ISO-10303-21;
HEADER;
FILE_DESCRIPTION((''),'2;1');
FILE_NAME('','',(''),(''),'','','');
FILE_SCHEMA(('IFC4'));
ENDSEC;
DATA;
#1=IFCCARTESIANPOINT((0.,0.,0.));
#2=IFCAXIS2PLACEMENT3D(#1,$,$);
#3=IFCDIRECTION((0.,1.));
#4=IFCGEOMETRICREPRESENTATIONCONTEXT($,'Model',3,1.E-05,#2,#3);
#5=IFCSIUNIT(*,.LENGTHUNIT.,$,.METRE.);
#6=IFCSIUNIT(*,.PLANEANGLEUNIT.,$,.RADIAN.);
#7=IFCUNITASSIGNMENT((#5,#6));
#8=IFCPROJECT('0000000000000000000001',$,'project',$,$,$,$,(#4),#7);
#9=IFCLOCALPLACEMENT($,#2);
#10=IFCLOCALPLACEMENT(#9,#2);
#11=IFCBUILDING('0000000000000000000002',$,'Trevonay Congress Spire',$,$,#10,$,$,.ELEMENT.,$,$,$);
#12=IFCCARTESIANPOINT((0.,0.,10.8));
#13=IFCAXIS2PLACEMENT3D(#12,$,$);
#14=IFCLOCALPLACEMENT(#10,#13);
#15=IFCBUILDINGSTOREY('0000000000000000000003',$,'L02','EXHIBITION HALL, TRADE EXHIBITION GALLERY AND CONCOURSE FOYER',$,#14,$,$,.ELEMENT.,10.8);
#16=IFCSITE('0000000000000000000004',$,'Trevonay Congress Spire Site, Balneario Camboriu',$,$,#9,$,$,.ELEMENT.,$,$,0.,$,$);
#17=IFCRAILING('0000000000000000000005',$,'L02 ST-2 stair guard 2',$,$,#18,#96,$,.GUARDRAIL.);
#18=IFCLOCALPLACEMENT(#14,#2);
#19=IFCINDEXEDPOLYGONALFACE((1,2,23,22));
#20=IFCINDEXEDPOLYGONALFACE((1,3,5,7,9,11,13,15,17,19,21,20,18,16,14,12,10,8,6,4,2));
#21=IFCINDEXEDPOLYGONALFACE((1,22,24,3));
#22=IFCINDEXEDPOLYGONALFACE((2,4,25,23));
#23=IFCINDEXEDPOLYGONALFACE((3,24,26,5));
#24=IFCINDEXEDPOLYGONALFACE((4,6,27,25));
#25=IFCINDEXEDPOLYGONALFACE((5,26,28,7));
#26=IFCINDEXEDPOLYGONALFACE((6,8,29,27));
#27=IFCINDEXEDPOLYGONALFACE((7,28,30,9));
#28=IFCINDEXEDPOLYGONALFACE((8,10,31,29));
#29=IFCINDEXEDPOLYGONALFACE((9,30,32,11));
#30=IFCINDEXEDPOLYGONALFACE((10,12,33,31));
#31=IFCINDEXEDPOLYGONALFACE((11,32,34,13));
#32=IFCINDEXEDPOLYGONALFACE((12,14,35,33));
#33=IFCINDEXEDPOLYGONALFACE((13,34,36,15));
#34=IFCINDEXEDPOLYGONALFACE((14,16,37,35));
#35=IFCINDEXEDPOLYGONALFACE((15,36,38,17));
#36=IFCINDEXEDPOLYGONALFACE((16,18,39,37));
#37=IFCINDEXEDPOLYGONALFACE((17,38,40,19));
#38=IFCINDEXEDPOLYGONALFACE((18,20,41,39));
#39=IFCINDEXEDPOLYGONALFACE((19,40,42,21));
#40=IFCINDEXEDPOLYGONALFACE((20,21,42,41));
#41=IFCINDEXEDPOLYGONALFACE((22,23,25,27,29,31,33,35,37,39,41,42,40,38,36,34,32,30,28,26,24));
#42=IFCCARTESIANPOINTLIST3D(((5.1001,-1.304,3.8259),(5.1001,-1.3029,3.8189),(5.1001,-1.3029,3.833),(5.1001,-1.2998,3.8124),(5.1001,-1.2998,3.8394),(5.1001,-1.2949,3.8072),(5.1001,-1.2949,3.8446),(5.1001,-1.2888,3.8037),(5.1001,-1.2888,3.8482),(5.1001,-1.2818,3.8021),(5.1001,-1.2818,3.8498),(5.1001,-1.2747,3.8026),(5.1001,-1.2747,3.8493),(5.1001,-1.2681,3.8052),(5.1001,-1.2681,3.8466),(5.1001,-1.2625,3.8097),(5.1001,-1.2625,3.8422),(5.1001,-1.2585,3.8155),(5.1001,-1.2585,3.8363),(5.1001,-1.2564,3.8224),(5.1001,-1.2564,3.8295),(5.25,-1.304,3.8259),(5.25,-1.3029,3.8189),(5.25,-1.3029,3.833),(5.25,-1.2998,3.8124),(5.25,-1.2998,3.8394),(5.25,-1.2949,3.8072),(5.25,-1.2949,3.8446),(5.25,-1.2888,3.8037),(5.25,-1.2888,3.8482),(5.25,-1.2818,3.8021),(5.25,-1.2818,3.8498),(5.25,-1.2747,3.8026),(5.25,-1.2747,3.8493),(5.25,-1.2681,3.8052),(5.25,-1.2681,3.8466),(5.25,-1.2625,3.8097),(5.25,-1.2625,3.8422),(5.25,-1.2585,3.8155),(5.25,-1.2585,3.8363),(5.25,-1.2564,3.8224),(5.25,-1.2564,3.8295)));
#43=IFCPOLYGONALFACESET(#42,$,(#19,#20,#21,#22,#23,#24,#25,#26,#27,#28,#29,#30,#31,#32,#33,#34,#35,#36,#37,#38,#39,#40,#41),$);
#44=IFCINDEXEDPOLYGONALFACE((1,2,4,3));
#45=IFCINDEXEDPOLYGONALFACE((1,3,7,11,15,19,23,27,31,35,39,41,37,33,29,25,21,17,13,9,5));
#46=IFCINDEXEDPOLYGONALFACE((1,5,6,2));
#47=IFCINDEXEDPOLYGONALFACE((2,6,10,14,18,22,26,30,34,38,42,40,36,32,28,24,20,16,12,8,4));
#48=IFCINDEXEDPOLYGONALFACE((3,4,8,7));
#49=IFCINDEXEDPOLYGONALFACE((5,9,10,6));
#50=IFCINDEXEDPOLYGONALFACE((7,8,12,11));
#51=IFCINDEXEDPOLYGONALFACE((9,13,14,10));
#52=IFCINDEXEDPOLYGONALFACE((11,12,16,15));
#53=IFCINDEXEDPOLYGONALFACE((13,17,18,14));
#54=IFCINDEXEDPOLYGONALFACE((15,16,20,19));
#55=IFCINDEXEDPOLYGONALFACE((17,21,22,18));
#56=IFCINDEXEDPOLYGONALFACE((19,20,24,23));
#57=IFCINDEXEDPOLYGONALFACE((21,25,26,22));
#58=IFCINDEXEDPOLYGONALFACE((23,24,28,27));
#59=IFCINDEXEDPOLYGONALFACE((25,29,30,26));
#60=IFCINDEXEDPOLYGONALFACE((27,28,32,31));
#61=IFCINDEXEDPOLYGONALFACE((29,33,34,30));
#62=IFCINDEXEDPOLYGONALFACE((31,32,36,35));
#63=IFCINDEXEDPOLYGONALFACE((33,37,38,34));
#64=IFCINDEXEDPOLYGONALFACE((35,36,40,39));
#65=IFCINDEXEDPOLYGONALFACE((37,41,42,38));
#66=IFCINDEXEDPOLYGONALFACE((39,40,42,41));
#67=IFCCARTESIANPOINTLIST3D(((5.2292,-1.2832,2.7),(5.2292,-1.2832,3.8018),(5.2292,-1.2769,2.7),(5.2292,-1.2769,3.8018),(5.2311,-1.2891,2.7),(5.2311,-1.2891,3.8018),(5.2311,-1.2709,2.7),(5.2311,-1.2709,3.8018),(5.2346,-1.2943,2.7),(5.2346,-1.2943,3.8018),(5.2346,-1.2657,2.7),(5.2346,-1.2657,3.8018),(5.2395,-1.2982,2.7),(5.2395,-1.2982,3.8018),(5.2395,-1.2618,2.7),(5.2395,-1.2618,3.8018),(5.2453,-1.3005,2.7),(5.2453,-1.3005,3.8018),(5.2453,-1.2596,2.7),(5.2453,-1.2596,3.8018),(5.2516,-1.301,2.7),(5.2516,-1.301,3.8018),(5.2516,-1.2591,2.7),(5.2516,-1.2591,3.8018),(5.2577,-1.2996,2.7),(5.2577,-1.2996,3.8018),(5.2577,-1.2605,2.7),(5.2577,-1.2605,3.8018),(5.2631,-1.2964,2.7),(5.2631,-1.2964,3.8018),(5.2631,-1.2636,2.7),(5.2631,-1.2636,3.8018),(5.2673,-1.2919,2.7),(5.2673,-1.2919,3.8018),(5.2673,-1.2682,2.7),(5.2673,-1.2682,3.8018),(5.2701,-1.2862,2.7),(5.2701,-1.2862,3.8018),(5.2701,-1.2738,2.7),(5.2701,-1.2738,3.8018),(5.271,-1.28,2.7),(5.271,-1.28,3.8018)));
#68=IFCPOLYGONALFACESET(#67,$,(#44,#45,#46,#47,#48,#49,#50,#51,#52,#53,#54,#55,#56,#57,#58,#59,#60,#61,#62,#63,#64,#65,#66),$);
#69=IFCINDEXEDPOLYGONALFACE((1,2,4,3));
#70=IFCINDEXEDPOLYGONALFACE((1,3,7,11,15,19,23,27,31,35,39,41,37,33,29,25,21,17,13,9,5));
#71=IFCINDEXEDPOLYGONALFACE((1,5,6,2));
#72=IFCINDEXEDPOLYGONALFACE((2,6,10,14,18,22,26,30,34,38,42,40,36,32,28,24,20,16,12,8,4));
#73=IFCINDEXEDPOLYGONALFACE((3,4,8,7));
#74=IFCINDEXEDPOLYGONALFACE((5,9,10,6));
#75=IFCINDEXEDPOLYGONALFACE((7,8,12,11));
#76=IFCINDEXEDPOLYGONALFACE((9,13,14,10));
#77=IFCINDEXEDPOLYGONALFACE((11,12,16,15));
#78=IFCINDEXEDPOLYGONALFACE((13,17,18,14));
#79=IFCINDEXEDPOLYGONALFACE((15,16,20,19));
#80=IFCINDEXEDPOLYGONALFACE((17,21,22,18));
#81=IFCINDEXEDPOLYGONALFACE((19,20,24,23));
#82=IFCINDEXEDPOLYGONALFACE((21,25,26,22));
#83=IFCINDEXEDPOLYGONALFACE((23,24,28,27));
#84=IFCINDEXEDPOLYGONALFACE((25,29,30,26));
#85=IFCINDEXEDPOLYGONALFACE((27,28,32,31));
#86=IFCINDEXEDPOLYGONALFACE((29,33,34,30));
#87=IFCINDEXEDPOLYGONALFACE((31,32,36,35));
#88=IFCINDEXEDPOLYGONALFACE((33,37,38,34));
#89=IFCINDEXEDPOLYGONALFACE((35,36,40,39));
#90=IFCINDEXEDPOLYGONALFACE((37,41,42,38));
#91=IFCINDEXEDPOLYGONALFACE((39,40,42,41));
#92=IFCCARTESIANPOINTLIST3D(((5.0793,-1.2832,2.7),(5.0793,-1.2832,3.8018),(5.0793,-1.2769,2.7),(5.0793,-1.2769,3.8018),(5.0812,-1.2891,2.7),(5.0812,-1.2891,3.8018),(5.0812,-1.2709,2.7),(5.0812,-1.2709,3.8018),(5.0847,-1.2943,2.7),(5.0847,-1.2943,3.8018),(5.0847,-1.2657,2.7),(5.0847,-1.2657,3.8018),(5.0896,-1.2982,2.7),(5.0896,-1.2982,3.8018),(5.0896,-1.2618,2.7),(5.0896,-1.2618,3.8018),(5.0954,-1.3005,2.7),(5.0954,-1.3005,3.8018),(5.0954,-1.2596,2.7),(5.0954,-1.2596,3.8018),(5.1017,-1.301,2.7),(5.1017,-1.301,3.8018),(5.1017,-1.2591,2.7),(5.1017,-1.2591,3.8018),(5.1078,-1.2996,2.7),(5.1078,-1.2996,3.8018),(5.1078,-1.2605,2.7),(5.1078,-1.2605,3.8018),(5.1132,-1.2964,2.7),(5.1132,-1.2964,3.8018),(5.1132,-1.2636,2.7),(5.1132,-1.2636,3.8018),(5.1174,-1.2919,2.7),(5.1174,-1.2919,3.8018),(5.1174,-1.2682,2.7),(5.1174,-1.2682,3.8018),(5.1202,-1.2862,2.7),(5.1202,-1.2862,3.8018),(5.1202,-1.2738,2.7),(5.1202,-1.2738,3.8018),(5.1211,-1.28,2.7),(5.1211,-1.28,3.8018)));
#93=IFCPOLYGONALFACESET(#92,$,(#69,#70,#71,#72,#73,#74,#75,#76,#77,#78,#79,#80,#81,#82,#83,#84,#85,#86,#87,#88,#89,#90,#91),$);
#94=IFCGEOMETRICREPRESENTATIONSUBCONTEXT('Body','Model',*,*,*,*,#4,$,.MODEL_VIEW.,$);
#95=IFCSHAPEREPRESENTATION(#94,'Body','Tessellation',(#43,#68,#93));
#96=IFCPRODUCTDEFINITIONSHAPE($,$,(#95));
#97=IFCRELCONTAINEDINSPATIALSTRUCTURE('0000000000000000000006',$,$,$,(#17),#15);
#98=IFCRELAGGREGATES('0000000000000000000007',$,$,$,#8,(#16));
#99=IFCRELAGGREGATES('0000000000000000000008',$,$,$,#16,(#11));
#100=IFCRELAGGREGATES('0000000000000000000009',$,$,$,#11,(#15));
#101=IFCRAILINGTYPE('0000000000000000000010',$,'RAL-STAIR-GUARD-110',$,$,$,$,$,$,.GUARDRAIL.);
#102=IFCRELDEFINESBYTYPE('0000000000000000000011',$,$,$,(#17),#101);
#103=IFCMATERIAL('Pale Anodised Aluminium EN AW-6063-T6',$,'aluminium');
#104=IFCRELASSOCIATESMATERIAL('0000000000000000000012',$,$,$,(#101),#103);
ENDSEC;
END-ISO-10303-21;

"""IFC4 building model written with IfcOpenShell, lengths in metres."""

from ifc_helpers import new_model, si_unit, direction, frame, origin, origin_2d, place, context, subcontext, project, spatial, circle, extrude, material, type_object, element, save


model = new_model("IFC4")

# Units and contexts
model_context = context("Model", 3, precision=1e-05, world=origin(), true_north=direction((0.0, 1.0)))
body_context = subcontext(model_context, "Body", "Model", "MODEL_VIEW")
ifc_project = project(units=[si_unit("LENGTHUNIT", "METRE"), si_unit("PLANEANGLEUNIT", "RADIAN")], contexts=[model_context])

# Site, building, storey
site_placement = place(None, origin())
site = spatial("IfcSite", under=ifc_project, at=site_placement, Name="Trevonay Congress Spire Site, Balneario Camboriu", CompositionType="ELEMENT", RefElevation=0.0)
building_placement = place(site_placement, origin())
building = spatial("IfcBuilding", under=site, at=building_placement, Name="Trevonay Congress Spire", CompositionType="ELEMENT")
storey_placement = place(building_placement, frame((0.0, 0.0, 10.8)))
storey = spatial("IfcBuildingStorey", under=building, at=storey_placement, Name="L02", Description="EXHIBITION HALL, TRADE EXHIBITION GALLERY AND CONCOURSE FOYER", CompositionType="ELEMENT", Elevation=10.8)

# Railing
ifc_material_1 = material(Name="Pale Anodised Aluminium EN AW-6063-T6", Category="aluminium")
railing_type_1 = type_object("IfcRailingType", Name="RAL-STAIR-GUARD-110", PredefinedType="GUARDRAIL", material=ifc_material_1)
railing_1_placement = place(storey_placement, frame((5.25, -1.28, 2.7)))
element("IfcRailing", 1, at=railing_1_placement, inside=storey, type_object=railing_type_1, Name="L02 ST-2 stair guard 2", PredefinedType="GUARDRAIL", context=body_context, shape_type="SweptSolid", body=[
    extrude(circle(Radius=0.0239, at=origin_2d()), frame((0.0, 0.0, 1.126), z_axis=(-1.0, 0.0, 0.0), x_axis=(0.0, -1.0, 0.0)), (0.0, 0.0, 1.0), 0.1499),
    extrude(circle(Radius=0.021, at=origin_2d()), origin(), (0.0, 0.0, 1.0), 1.1018),
    extrude(circle(Radius=0.021, at=origin_2d()), frame((-0.1499, 0.0, 0.0)), (0.0, 0.0, 1.0), 1.1018),
])

save(model, "model.ifc")
